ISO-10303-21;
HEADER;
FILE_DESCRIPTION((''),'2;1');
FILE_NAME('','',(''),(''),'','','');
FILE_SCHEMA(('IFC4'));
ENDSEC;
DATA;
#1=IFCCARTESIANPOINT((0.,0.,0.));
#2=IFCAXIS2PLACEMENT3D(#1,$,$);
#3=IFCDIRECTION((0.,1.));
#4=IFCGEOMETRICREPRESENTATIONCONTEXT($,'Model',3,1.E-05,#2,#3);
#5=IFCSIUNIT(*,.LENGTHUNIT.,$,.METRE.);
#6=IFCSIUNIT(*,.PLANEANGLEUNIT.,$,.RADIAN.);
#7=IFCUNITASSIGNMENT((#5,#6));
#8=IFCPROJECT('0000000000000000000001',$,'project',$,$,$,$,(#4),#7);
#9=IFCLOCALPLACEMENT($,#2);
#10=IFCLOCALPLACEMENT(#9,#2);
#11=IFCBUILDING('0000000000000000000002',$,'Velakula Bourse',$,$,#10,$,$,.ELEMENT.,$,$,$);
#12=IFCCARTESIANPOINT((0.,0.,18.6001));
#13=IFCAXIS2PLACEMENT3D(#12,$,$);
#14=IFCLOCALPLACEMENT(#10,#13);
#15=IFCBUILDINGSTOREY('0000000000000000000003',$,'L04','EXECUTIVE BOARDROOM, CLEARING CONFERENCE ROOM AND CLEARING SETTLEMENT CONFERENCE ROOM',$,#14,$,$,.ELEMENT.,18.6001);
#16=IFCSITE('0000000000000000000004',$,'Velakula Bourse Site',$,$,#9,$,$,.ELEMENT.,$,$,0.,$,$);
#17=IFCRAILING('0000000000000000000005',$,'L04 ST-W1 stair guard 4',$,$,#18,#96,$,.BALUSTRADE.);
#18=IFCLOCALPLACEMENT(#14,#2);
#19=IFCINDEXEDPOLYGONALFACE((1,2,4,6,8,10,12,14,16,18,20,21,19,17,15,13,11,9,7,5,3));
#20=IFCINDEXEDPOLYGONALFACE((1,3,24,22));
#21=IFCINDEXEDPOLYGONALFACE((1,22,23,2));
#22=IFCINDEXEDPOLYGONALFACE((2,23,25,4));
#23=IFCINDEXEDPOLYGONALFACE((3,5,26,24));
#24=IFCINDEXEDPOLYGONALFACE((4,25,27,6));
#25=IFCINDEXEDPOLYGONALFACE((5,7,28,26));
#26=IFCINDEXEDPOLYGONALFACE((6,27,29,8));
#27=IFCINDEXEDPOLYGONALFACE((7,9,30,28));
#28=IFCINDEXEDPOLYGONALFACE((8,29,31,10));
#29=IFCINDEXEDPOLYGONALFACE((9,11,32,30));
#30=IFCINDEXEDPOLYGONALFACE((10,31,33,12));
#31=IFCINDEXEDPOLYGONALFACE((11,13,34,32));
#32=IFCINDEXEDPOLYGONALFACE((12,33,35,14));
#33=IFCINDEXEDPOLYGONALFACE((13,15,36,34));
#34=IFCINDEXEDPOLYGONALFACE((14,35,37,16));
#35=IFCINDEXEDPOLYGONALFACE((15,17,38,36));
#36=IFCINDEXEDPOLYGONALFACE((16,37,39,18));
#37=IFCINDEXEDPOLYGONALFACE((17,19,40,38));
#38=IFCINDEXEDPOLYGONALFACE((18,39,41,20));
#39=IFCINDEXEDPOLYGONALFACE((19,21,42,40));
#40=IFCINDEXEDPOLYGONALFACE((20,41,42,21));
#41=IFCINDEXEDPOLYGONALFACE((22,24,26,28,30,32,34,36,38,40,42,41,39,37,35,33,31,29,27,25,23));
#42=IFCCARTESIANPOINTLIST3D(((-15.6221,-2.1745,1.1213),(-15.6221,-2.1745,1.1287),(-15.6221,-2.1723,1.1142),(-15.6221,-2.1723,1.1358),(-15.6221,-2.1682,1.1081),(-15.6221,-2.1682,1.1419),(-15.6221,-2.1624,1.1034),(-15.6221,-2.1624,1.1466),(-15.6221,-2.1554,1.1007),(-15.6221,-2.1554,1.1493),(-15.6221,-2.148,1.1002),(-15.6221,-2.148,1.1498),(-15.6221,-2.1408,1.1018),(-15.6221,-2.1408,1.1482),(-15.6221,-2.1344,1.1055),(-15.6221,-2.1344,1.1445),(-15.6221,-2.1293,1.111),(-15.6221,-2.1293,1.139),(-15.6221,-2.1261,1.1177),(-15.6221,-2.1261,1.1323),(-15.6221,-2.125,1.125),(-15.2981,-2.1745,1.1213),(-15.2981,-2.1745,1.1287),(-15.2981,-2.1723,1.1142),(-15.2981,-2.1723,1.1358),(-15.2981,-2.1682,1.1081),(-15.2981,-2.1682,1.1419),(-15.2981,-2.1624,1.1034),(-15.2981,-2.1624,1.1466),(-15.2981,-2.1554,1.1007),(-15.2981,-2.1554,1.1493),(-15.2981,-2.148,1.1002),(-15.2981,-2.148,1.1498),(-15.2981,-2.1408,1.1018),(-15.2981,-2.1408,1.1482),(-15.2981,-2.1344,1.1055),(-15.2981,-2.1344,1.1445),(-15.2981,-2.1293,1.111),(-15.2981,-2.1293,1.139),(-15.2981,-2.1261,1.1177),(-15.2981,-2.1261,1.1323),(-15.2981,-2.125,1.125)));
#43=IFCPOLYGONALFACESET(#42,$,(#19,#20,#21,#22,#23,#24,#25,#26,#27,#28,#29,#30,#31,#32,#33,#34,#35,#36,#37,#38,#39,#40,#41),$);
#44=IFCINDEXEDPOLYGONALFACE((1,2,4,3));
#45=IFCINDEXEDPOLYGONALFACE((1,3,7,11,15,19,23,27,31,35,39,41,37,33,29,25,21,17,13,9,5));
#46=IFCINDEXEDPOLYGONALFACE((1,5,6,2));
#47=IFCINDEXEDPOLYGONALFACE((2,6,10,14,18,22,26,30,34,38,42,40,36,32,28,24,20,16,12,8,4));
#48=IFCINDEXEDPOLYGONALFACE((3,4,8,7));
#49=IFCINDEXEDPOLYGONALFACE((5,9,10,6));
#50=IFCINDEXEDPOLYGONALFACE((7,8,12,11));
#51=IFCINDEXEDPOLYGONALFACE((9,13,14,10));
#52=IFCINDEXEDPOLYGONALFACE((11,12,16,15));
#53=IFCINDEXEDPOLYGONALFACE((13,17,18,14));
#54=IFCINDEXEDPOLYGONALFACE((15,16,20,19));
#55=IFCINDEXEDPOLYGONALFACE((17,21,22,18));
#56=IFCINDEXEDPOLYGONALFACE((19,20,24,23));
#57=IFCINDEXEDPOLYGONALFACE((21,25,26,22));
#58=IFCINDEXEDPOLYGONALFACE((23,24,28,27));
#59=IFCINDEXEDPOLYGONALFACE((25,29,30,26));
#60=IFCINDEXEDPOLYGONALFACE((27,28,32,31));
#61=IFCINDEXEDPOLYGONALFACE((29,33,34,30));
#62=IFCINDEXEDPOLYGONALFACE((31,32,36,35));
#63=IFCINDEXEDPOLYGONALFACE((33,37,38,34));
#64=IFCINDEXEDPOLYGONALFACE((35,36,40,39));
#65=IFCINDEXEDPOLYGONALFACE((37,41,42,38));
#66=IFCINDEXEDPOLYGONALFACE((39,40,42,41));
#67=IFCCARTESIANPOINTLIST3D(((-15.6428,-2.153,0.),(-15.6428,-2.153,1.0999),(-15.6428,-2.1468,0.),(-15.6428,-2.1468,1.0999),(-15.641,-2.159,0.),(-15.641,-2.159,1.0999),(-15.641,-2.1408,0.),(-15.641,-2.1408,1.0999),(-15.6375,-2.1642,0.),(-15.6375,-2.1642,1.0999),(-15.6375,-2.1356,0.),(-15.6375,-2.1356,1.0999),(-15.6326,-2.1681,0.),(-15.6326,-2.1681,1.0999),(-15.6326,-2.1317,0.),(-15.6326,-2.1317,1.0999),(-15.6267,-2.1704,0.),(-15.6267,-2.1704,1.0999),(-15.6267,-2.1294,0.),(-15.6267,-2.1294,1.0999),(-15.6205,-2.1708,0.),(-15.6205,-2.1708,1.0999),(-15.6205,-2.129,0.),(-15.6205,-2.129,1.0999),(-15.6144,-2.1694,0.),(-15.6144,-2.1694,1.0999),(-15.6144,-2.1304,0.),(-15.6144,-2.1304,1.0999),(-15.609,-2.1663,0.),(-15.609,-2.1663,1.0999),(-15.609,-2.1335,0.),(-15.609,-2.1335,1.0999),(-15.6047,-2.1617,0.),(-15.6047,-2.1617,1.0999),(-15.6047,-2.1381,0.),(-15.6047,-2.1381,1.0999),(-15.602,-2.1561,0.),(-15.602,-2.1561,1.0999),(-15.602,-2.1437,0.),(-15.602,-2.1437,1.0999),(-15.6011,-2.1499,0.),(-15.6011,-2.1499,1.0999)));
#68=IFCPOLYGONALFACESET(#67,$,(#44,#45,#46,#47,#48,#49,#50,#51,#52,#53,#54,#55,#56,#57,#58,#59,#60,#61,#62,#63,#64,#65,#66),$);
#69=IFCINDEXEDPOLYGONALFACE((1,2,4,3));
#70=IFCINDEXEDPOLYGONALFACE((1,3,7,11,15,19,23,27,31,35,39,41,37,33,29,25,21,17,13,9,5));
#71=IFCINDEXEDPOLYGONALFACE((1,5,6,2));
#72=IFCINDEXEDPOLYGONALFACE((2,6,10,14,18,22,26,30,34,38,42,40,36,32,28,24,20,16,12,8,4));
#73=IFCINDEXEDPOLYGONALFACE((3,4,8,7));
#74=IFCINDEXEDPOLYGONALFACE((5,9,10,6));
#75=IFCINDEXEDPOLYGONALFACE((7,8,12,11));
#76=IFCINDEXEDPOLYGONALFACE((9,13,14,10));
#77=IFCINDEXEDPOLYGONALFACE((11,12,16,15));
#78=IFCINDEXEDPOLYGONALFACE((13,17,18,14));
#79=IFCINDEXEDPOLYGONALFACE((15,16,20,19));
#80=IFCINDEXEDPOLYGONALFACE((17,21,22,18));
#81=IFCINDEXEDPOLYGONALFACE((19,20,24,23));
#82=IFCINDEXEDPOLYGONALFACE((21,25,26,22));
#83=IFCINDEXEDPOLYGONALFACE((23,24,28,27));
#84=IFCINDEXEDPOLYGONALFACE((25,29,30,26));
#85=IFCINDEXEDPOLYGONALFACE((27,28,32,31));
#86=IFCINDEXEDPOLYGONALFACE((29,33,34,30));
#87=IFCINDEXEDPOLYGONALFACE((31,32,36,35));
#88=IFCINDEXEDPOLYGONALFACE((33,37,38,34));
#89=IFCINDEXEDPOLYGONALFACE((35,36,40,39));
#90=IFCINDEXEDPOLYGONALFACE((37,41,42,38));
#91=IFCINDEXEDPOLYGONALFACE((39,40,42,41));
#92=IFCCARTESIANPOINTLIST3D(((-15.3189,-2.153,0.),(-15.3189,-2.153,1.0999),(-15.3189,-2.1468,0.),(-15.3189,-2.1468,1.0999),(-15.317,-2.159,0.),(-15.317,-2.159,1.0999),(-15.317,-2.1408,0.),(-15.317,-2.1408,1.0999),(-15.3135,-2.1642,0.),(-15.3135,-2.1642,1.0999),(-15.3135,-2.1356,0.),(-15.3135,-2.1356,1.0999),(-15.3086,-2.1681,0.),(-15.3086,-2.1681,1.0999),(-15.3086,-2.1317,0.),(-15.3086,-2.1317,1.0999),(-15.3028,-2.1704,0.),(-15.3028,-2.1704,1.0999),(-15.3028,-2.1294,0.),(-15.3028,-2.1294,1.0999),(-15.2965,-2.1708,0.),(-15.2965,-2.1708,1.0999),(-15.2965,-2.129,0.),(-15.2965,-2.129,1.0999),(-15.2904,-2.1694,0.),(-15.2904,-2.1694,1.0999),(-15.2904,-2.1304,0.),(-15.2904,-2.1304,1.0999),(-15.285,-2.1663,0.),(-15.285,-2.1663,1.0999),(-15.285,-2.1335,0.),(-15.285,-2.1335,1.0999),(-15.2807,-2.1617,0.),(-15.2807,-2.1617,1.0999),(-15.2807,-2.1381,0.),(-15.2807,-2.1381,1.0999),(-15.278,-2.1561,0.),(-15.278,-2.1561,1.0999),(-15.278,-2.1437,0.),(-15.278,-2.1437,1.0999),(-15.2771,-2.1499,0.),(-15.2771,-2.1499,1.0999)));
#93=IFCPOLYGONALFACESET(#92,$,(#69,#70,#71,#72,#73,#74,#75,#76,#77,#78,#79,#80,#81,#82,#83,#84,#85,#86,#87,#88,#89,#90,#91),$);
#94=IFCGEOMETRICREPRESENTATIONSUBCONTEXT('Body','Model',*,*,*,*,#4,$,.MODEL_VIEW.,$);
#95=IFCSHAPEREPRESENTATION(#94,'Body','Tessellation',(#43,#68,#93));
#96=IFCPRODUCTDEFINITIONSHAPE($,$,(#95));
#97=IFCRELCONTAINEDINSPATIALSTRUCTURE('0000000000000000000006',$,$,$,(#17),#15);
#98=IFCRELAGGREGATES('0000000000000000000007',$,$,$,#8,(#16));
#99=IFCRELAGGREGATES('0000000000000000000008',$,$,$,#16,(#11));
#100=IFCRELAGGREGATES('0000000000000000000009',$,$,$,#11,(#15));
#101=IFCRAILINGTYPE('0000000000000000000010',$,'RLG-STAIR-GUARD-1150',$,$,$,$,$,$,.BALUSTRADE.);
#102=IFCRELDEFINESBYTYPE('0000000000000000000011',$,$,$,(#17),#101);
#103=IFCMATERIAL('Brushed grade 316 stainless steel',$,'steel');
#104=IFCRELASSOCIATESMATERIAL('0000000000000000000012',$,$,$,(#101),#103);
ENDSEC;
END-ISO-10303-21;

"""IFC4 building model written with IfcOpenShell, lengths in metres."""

from ifc_helpers import new_model, si_unit, direction, frame, origin, origin_2d, place, context, subcontext, project, spatial, circle, extrude, material, type_object, element, save


model = new_model("IFC4")

# Units and contexts
model_context = context("Model", 3, precision=1e-05, world=origin(), true_north=direction((0.0, 1.0)))
body_context = subcontext(model_context, "Body", "Model", "MODEL_VIEW")
ifc_project = project(units=[si_unit("LENGTHUNIT", "METRE"), si_unit("PLANEANGLEUNIT", "RADIAN")], contexts=[model_context])

# Site, building, storey
site_placement = place(None, origin())
site = spatial("IfcSite", under=ifc_project, at=site_placement, Name="Velakula Bourse Site", CompositionType="ELEMENT", RefElevation=0.0)
building_placement = place(site_placement, origin())
building = spatial("IfcBuilding", under=site, at=building_placement, Name="Velakula Bourse", CompositionType="ELEMENT")
storey_placement = place(building_placement, frame((0.0, 0.0, 18.6001)))
storey = spatial("IfcBuildingStorey", under=building, at=storey_placement, Name="L04", Description="EXECUTIVE BOARDROOM, CLEARING CONFERENCE ROOM AND CLEARING SETTLEMENT CONFERENCE ROOM", CompositionType="ELEMENT", Elevation=18.6001)

# Shared definitions
ifc_material_1 = material(Name="Brushed grade 316 stainless steel", Category="steel")

# Railing
railing_type_1 = type_object("IfcRailingType", Name="RLG-STAIR-GUARD-1150", PredefinedType="BALUSTRADE", material=ifc_material_1)
railing_1_placement = place(storey_placement, frame((-15.6221, -2.1499, 0.0)))
element("IfcRailing", 1, at=railing_1_placement, inside=storey, type_object=railing_type_1, Name="L04 ST-W1 stair guard 4", PredefinedType="BALUSTRADE", context=body_context, shape_type="SweptSolid", body=[
    extrude(circle(Radius=0.0249, at=origin_2d()), frame((0.0, 0.0, 1.125), z_axis=(1.0, 0.0, 0.0), x_axis=(0.0, 1.0, 0.0)), (0.0, 0.0, 1.0), 0.324),
    extrude(circle(Radius=0.021, at=origin_2d()), origin(), (0.0, 0.0, 1.0), 1.0999),
    extrude(circle(Radius=0.021, at=origin_2d()), frame((0.324, 0.0, 0.0)), (0.0, 0.0, 1.0), 1.0999),
])

save(model, "model.ifc")
